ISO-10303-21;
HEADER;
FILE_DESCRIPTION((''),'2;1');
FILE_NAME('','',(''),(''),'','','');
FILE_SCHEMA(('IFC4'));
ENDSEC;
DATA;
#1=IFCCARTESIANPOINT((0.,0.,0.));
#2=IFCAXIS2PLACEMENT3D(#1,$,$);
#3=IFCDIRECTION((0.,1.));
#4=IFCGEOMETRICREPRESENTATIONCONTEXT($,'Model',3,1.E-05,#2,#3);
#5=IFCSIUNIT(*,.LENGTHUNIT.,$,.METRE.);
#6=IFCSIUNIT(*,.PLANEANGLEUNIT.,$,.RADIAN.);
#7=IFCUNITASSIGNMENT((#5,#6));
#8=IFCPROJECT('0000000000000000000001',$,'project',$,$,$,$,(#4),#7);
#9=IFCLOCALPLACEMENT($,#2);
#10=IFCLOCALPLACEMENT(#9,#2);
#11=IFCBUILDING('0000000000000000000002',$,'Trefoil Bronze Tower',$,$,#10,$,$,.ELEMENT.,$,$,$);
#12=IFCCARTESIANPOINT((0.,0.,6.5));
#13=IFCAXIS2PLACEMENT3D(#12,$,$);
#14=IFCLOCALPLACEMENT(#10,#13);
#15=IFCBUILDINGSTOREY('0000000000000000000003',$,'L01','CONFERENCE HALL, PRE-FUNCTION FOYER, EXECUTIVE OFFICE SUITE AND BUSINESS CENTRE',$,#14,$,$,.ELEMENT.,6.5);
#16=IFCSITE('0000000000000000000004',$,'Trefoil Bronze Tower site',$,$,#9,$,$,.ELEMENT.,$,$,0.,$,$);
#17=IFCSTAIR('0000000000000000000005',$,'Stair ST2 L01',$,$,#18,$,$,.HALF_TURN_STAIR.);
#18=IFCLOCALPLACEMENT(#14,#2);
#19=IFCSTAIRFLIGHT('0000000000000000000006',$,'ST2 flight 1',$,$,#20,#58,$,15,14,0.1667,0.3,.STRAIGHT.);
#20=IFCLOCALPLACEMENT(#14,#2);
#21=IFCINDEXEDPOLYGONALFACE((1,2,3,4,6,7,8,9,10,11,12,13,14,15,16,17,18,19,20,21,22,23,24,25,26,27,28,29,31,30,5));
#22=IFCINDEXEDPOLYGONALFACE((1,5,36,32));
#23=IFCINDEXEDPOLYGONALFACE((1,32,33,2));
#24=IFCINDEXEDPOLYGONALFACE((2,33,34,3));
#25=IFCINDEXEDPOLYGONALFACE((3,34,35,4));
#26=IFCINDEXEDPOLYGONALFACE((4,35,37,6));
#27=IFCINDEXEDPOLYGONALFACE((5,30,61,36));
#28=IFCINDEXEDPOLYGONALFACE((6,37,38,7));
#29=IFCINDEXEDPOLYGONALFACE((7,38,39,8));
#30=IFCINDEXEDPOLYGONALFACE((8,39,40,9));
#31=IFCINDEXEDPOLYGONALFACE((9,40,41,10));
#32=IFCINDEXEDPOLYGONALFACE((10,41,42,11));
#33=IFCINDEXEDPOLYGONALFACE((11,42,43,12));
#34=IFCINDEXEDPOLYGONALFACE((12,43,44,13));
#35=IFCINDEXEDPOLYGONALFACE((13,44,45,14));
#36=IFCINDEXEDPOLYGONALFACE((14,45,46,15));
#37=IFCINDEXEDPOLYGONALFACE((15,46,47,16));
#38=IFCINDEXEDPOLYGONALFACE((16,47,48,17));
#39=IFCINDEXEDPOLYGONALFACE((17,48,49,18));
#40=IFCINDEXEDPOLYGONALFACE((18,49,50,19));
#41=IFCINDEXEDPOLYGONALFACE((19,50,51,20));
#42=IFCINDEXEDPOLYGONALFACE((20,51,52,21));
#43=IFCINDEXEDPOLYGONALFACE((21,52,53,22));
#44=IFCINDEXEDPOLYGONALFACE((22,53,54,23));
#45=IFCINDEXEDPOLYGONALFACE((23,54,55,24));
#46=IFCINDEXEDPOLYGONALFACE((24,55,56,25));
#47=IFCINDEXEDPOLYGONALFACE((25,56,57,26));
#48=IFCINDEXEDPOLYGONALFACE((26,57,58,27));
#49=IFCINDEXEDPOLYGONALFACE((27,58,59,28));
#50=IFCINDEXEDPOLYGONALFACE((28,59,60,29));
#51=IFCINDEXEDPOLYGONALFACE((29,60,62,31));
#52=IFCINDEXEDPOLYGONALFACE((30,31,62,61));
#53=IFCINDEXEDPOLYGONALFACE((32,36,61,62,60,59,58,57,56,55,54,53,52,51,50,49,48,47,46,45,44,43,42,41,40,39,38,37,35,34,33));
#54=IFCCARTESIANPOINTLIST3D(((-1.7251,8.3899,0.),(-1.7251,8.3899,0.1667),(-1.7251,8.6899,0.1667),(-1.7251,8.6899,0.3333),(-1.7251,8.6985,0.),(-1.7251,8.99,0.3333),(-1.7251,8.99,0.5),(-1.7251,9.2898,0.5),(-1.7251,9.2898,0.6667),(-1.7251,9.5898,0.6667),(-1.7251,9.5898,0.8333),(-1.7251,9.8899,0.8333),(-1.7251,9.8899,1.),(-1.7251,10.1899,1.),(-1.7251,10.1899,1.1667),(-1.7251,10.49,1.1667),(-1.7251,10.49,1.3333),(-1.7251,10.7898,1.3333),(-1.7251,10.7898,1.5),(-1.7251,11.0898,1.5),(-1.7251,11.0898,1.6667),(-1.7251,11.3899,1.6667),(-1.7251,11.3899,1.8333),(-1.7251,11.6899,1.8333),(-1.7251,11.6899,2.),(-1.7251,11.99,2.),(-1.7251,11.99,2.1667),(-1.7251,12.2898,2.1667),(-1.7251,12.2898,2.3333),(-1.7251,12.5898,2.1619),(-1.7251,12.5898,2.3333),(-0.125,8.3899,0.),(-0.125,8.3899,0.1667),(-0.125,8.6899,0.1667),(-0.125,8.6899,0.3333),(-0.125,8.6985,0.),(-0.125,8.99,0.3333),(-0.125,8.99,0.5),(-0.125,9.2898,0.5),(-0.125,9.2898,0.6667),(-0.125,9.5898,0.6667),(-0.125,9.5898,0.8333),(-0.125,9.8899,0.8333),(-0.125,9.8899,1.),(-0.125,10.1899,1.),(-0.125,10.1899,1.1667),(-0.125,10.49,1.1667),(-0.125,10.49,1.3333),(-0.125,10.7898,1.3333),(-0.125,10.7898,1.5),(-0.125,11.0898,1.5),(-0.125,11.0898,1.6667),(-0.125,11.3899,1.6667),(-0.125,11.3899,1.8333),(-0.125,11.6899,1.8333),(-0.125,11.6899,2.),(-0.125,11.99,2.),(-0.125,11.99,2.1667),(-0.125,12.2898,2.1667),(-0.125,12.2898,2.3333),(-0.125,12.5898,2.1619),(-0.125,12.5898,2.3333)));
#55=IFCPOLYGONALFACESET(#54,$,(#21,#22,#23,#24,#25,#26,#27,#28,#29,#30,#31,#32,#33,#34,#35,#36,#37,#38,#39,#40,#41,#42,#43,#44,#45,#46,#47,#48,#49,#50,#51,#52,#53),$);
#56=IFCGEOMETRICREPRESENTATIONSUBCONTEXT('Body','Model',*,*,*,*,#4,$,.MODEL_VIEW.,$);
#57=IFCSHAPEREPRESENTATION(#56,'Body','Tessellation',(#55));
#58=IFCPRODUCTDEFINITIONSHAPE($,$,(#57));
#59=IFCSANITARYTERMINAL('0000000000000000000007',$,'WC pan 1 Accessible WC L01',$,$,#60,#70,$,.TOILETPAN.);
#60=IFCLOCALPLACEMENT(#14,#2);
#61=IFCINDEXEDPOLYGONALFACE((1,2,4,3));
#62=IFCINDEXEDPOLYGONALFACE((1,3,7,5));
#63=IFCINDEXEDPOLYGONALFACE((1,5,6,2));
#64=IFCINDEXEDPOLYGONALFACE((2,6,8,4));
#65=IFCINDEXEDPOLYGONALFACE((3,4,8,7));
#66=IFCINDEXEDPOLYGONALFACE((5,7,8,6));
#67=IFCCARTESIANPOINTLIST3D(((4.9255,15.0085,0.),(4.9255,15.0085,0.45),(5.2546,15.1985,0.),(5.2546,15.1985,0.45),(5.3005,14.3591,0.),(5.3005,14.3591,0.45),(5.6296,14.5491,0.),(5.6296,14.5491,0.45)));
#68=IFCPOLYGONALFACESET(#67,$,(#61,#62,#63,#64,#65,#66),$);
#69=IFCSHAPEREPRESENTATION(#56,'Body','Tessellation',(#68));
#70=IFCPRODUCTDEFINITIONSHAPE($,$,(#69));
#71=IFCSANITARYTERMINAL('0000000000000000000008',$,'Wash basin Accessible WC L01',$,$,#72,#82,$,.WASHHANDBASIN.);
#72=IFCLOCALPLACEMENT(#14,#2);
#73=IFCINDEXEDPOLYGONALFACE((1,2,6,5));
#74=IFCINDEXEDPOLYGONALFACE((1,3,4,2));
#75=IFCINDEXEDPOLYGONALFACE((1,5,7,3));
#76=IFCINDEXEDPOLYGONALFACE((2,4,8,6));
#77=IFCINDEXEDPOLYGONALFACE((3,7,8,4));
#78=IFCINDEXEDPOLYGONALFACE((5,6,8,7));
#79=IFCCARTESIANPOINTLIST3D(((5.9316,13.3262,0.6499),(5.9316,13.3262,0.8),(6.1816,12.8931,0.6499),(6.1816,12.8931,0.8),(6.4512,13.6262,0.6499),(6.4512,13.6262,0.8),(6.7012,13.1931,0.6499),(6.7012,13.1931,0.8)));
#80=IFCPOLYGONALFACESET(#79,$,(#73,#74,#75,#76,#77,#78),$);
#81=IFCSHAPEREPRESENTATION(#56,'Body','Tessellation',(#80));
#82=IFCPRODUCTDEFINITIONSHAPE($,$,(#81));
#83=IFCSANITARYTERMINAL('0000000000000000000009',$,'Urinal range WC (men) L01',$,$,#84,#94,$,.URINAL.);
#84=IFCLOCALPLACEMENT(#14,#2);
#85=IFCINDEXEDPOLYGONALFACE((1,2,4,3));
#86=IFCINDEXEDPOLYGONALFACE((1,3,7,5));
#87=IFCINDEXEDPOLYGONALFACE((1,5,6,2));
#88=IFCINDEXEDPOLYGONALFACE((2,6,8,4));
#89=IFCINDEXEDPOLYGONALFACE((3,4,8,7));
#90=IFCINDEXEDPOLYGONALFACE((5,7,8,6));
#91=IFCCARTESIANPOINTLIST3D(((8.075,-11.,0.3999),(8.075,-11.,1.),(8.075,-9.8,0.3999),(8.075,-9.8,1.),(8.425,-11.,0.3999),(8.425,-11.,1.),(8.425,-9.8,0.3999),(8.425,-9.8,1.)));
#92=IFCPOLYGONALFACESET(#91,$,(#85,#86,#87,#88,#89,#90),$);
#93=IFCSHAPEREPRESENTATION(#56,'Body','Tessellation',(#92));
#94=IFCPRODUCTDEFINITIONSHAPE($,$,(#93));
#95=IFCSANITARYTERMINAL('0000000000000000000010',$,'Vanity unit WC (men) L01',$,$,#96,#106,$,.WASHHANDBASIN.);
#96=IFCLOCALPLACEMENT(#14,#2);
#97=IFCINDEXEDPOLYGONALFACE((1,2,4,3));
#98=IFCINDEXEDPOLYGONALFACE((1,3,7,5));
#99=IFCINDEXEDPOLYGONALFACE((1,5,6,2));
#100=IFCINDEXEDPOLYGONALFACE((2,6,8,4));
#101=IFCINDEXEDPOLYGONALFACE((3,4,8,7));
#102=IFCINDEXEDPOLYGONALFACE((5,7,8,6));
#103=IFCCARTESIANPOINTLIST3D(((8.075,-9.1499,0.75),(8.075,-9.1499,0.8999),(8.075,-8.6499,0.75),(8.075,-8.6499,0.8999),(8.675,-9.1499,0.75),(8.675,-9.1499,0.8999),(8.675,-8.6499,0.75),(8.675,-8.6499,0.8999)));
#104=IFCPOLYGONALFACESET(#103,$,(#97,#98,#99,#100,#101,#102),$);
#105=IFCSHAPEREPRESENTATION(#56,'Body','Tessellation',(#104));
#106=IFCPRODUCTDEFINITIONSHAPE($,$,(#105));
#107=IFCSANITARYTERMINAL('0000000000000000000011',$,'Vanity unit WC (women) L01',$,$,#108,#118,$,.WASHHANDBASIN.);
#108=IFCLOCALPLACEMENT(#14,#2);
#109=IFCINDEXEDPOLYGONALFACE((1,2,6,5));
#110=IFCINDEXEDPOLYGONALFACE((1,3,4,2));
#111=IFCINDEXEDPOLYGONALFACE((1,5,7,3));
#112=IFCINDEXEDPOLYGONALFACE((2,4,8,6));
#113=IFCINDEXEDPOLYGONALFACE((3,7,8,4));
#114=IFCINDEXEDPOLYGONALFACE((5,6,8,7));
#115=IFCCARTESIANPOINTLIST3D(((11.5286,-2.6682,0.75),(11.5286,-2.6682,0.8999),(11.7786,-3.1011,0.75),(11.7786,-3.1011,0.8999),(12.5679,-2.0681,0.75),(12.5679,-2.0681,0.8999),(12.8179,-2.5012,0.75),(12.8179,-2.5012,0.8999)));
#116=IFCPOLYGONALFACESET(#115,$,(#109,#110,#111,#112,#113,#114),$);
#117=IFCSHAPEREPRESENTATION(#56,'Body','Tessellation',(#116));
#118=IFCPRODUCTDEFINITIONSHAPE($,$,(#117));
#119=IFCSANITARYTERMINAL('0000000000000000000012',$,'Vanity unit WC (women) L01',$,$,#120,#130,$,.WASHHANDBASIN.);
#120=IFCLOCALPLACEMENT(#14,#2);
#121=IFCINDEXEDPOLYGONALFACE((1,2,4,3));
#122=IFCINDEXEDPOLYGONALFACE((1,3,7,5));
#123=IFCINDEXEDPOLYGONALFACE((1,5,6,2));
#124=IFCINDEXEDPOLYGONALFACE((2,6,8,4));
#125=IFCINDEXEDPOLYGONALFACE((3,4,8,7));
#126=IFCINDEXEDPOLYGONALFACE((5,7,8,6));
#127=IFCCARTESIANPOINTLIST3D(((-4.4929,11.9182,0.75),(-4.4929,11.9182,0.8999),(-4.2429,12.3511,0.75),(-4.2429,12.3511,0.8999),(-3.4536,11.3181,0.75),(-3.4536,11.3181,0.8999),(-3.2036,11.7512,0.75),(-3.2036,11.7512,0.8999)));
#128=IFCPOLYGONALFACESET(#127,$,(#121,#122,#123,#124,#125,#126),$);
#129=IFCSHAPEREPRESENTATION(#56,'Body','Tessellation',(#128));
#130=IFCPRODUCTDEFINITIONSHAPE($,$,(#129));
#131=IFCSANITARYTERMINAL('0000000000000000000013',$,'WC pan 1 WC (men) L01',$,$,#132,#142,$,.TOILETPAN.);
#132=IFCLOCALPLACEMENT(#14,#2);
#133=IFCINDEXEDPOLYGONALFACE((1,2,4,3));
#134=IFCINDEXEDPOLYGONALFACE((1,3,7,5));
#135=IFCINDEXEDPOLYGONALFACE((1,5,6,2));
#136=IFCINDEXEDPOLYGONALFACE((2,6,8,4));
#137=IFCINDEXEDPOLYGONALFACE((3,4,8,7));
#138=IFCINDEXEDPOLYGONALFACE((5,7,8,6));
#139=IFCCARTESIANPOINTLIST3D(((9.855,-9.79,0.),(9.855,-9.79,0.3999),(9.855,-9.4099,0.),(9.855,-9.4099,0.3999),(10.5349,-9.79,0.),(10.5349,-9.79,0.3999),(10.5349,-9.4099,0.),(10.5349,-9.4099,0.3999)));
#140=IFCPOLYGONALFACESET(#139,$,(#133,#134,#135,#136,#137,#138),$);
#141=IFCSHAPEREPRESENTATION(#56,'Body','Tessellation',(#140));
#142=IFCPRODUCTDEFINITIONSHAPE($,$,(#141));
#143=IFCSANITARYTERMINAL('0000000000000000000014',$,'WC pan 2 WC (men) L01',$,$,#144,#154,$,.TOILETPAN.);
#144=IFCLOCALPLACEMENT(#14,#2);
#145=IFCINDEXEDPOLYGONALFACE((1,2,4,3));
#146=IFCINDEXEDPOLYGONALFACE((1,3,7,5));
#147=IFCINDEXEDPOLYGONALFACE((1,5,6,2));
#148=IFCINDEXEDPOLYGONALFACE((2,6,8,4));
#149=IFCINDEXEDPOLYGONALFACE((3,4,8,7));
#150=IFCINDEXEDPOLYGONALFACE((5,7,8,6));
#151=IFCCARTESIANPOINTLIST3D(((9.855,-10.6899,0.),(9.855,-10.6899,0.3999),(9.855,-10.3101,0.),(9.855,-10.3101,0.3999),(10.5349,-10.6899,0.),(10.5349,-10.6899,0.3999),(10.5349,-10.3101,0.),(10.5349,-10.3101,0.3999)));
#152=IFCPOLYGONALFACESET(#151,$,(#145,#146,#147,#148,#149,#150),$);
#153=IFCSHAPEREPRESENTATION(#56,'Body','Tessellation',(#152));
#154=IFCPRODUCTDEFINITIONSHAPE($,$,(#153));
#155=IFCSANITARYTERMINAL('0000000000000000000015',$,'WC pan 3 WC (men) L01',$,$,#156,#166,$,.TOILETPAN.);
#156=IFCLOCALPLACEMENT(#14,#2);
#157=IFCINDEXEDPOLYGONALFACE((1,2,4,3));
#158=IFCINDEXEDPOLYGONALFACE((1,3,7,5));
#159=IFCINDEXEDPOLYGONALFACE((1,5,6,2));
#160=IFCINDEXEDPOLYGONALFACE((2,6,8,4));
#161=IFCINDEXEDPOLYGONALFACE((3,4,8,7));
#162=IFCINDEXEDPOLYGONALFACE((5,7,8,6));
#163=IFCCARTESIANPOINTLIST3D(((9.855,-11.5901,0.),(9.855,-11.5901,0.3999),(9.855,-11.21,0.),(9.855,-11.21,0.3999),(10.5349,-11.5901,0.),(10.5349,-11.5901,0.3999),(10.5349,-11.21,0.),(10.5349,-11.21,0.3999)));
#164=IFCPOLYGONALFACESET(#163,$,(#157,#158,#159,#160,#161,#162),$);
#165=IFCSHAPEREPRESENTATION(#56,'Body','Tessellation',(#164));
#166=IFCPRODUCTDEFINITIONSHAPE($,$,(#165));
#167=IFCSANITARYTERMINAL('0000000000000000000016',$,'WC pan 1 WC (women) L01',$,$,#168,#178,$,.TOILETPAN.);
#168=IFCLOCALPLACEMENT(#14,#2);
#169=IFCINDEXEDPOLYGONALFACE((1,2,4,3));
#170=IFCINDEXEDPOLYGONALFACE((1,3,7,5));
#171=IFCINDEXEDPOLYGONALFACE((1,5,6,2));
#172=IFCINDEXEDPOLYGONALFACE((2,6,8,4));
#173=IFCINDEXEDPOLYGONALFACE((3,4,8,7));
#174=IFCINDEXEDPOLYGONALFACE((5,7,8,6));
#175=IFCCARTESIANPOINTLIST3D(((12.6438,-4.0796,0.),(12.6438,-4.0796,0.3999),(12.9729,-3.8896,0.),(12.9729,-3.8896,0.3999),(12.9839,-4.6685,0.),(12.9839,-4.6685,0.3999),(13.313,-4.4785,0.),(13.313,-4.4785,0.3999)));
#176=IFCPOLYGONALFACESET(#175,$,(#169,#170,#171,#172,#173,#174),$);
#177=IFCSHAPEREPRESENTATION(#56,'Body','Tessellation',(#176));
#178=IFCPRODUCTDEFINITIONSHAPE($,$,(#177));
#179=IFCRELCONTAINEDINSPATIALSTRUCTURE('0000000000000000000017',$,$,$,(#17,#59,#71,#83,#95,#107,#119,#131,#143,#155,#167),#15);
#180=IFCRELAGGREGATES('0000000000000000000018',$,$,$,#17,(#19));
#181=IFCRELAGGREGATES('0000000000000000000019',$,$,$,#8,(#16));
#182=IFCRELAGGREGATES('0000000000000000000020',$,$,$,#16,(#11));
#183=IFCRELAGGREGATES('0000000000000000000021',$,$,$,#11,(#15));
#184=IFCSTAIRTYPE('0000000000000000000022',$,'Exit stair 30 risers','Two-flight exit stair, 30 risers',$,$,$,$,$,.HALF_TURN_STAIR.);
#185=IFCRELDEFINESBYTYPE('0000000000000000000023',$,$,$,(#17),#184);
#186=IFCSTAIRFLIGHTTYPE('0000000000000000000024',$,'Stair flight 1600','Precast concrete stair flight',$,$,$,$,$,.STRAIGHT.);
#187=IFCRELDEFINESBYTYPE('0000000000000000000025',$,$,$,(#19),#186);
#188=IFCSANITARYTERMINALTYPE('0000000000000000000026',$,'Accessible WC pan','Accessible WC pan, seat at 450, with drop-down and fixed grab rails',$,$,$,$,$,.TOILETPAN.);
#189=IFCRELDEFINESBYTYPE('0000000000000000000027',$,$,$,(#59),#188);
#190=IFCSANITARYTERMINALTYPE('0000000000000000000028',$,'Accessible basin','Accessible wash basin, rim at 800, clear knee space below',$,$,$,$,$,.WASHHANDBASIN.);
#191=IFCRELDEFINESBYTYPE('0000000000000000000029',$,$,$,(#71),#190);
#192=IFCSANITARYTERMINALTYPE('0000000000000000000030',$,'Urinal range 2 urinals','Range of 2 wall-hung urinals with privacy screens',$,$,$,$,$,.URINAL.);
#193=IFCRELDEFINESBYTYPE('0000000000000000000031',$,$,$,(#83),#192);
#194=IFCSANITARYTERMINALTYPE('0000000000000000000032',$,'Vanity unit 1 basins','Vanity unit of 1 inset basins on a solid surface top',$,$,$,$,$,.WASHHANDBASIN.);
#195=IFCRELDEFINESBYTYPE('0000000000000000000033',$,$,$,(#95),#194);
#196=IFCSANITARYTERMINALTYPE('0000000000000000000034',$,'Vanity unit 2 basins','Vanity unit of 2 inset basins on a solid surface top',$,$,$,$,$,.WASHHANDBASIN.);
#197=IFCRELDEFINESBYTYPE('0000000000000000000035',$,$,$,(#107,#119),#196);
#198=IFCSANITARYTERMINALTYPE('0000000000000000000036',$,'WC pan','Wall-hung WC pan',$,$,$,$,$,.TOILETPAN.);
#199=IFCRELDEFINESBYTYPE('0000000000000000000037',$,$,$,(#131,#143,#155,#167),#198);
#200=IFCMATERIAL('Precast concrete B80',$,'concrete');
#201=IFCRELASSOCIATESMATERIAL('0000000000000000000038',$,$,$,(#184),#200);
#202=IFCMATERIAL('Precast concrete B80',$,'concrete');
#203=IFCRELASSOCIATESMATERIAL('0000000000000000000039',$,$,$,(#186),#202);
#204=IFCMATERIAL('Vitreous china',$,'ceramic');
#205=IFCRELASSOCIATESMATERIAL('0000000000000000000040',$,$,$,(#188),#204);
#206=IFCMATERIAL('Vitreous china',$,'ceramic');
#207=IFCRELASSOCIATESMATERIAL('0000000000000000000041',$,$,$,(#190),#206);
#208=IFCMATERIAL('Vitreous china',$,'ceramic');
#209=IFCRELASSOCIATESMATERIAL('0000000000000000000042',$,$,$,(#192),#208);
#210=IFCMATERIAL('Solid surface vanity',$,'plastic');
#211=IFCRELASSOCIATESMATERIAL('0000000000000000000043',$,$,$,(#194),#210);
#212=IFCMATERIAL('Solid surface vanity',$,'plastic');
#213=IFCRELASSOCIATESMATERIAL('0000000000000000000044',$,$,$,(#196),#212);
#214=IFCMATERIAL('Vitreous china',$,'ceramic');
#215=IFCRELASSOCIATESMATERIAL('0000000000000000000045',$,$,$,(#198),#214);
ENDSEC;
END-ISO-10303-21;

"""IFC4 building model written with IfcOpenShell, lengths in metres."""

from ifc_helpers import new_model, si_unit, direction, frame, origin, place, context, subcontext, project, spatial, polyline, outline, extrude, material, type_object, element, aggregate, save


model = new_model("IFC4")

# Units and contexts
model_context = context("Model", 3, precision=1e-05, world=origin(), true_north=direction((0.0, 1.0)))
body_context = subcontext(model_context, "Body", "Model", "MODEL_VIEW")
ifc_project = project(units=[si_unit("LENGTHUNIT", "METRE"), si_unit("PLANEANGLEUNIT", "RADIAN")], contexts=[model_context])

# Site, building, storey
site_placement = place(None, origin())
site = spatial("IfcSite", under=ifc_project, at=site_placement, Name="Trefoil Bronze Tower site", CompositionType="ELEMENT", RefElevation=0.0)
building_placement = place(site_placement, origin())
building = spatial("IfcBuilding", under=site, at=building_placement, Name="Trefoil Bronze Tower", CompositionType="ELEMENT")
storey_placement = place(building_placement, frame((0.0, 0.0, 6.5)))
storey = spatial("IfcBuildingStorey", under=building, at=storey_placement, Name="L01", Description="CONFERENCE HALL, PRE-FUNCTION FOYER, EXECUTIVE OFFICE SUITE AND BUSINESS CENTRE", CompositionType="ELEMENT", Elevation=6.5)

# Stair, stair flight
ifc_material_1 = material(Name="Precast concrete B80", Category="concrete")
stair_type = type_object("IfcStairType", Name="Exit stair 30 risers", Description="Two-flight exit stair, 30 risers", PredefinedType="HALF_TURN_STAIR", material=ifc_material_1)
stair_placement = place(storey_placement, origin())
stair = element("IfcStair", 1, at=stair_placement, inside=storey, type_object=stair_type, Name="Stair ST2 L01", PredefinedType="HALF_TURN_STAIR")
ifc_material_2 = material(Name="Precast concrete B80", Category="concrete")
stair_flight_type = type_object("IfcStairFlightType", Name="Stair flight 1600", Description="Precast concrete stair flight", PredefinedType="STRAIGHT", material=ifc_material_2)
stair_flight_placement = place(storey_placement, frame((-0.925, 8.3899, 0.0), z_axis=(0.0, 0.0, 1.0), x_axis=(0.0, 1.0, 0.0)))
stair_flight = element("IfcStairFlight", 2, at=stair_flight_placement, type_object=stair_flight_type, Name="ST2 flight 1", NumberOfRisers=15, NumberOfTreads=14, PredefinedType="STRAIGHT", RiserHeight=0.1667, TreadLength=0.3, context=body_context, shape_type="SweptSolid", body=[
    extrude(outline(polyline([(0.0, 0.0), (0.0, 0.1667), (0.3, 0.1667), (0.3, 0.3333), (0.6001, 0.3333), (0.6001, 0.5), (0.8999, 0.5), (0.8999, 0.6667), (1.2, 0.6667), (1.2, 0.8333), (1.5, 0.8333), (1.5, 1.0), (1.8, 1.0), (1.8, 1.1667), (2.1001, 1.1667), (2.1001, 1.3333), (2.3999, 1.3333), (2.3999, 1.5), (2.7, 1.5), (2.7, 1.6667), (3.0, 1.6667), (3.0, 1.8333), (3.3, 1.8333), (3.3, 2.0), (3.6001, 2.0), (3.6001, 2.1667), (3.8999, 2.1667), (3.8999, 2.3333), (4.2, 2.3333), (4.2, 2.5), (4.2, 2.1619), (0.3086, 0.0), (0.0, 0.0)])), frame((0.0, 0.8, 0.0), z_axis=(0.0, -1.0, 0.0), x_axis=(1.0, 0.0, 0.0)), (0.0, 0.0, 1.0), 1.6001),
])
aggregate(stair, [stair_flight])

# Sanitary terminals
ifc_material_3 = material(Name="Vitreous china", Category="ceramic")
sanitary_terminal_type_1 = type_object("IfcSanitaryTerminalType", Name="Accessible WC pan", Description="Accessible WC pan, seat at 450, with drop-down and fixed grab rails", PredefinedType="TOILETPAN", material=ifc_material_3)
sanitary_terminal_1_placement = place(storey_placement, origin())
element("IfcSanitaryTerminal", 3, at=sanitary_terminal_1_placement, inside=storey, type_object=sanitary_terminal_type_1, Name="WC pan 1 Accessible WC L01", PredefinedType="TOILETPAN", context=body_context, shape_type="SweptSolid", body=[
    extrude(outline(polyline([(5.3005, 14.3591), (4.9255, 15.0085), (5.2546, 15.1985), (5.6296, 14.5491), (5.3005, 14.3591)])), origin(), (0.0, 0.0, 1.0), 0.45),
])
ifc_material_4 = material(Name="Vitreous china", Category="ceramic")
sanitary_terminal_type_2 = type_object("IfcSanitaryTerminalType", Name="Accessible basin", Description="Accessible wash basin, rim at 800, clear knee space below", PredefinedType="WASHHANDBASIN", material=ifc_material_4)
sanitary_terminal_2_placement = place(storey_placement, frame((0.0, 0.0, 0.6499)))
element("IfcSanitaryTerminal", 4, at=sanitary_terminal_2_placement, inside=storey, type_object=sanitary_terminal_type_2, Name="Wash basin Accessible WC L01", PredefinedType="WASHHANDBASIN", context=body_context, shape_type="SweptSolid", body=[
    extrude(outline(polyline([(6.1816, 12.8931), (5.9316, 13.3262), (6.4512, 13.6262), (6.7012, 13.1931), (6.1816, 12.8931)])), origin(), (0.0, 0.0, 1.0), 0.1501),
])
ifc_material_5 = material(Name="Vitreous china", Category="ceramic")
sanitary_terminal_type_3 = type_object("IfcSanitaryTerminalType", Name="Urinal range 2 urinals", Description="Range of 2 wall-hung urinals with privacy screens", PredefinedType="URINAL", material=ifc_material_5)
sanitary_terminal_3_placement = place(storey_placement, frame((0.0, 0.0, 0.3999)))
element("IfcSanitaryTerminal", 5, at=sanitary_terminal_3_placement, inside=storey, type_object=sanitary_terminal_type_3, Name="Urinal range WC (men) L01", PredefinedType="URINAL", context=body_context, shape_type="SweptSolid", body=[
    extrude(outline(polyline([(8.075, -9.8), (8.425, -9.8), (8.425, -11.0), (8.075, -11.0), (8.075, -9.8)])), origin(), (0.0, 0.0, 1.0), 0.6001),
])
ifc_material_6 = material(Name="Solid surface vanity", Category="plastic")
sanitary_terminal_type_4 = type_object("IfcSanitaryTerminalType", Name="Vanity unit 1 basins", Description="Vanity unit of 1 inset basins on a solid surface top", PredefinedType="WASHHANDBASIN", material=ifc_material_6)
sanitary_terminal_4_placement = place(storey_placement, frame((0.0, 0.0, 0.75)))
element("IfcSanitaryTerminal", 6, at=sanitary_terminal_4_placement, inside=storey, type_object=sanitary_terminal_type_4, Name="Vanity unit WC (men) L01", PredefinedType="WASHHANDBASIN", context=body_context, shape_type="SweptSolid", body=[
    extrude(outline(polyline([(8.075, -8.6499), (8.675, -8.6499), (8.675, -9.1499), (8.075, -9.1499), (8.075, -8.6499)])), origin(), (0.0, 0.0, 1.0), 0.1499),
])
ifc_material_7 = material(Name="Solid surface vanity", Category="plastic")
sanitary_terminal_type_5 = type_object("IfcSanitaryTerminalType", Name="Vanity unit 2 basins", Description="Vanity unit of 2 inset basins on a solid surface top", PredefinedType="WASHHANDBASIN", material=ifc_material_7)
sanitary_terminal_5_placement = place(storey_placement, frame((0.0, 0.0, 0.75)))
element("IfcSanitaryTerminal", 7, at=sanitary_terminal_5_placement, inside=storey, type_object=sanitary_terminal_type_5, Name="Vanity unit WC (women) L01", PredefinedType="WASHHANDBASIN", context=body_context, shape_type="SweptSolid", body=[
    extrude(outline(polyline([(11.5286, -2.6682), (11.7786, -3.1011), (12.8179, -2.5012), (12.5679, -2.0681), (11.5286, -2.6682)])), origin(), (0.0, 0.0, 1.0), 0.1499),
])
sanitary_terminal_6_placement = place(storey_placement, frame((0.0, 0.0, 0.75)))
element("IfcSanitaryTerminal", 8, at=sanitary_terminal_6_placement, inside=storey, type_object=sanitary_terminal_type_5, Name="Vanity unit WC (women) L01", PredefinedType="WASHHANDBASIN", context=body_context, shape_type="SweptSolid", body=[
    extrude(outline(polyline([(-3.4536, 11.3181), (-3.2036, 11.7512), (-4.2429, 12.3511), (-4.4929, 11.9182), (-3.4536, 11.3181)])), origin(), (0.0, 0.0, 1.0), 0.1499),
])
ifc_material_8 = material(Name="Vitreous china", Category="ceramic")
sanitary_terminal_type_6 = type_object("IfcSanitaryTerminalType", Name="WC pan", Description="Wall-hung WC pan", PredefinedType="TOILETPAN", material=ifc_material_8)
sanitary_terminal_7_placement = place(storey_placement, origin())
element("IfcSanitaryTerminal", 9, at=sanitary_terminal_7_placement, inside=storey, type_object=sanitary_terminal_type_6, Name="WC pan 1 WC (men) L01", PredefinedType="TOILETPAN", context=body_context, shape_type="SweptSolid", body=[
    extrude(outline(polyline([(9.855, -9.4099), (10.5349, -9.4099), (10.5349, -9.79), (9.855, -9.79), (9.855, -9.4099)])), origin(), (0.0, 0.0, 1.0), 0.3999),
])
sanitary_terminal_8_placement = place(storey_placement, origin())
element("IfcSanitaryTerminal", 10, at=sanitary_terminal_8_placement, inside=storey, type_object=sanitary_terminal_type_6, Name="WC pan 2 WC (men) L01", PredefinedType="TOILETPAN", context=body_context, shape_type="SweptSolid", body=[
    extrude(outline(polyline([(9.855, -10.3101), (10.5349, -10.3101), (10.5349, -10.6899), (9.855, -10.6899), (9.855, -10.3101)])), origin(), (0.0, 0.0, 1.0), 0.3999),
])
sanitary_terminal_9_placement = place(storey_placement, origin())
element("IfcSanitaryTerminal", 11, at=sanitary_terminal_9_placement, inside=storey, type_object=sanitary_terminal_type_6, Name="WC pan 3 WC (men) L01", PredefinedType="TOILETPAN", context=body_context, shape_type="SweptSolid", body=[
    extrude(outline(polyline([(9.855, -11.21), (10.5349, -11.21), (10.5349, -11.5901), (9.855, -11.5901), (9.855, -11.21)])), origin(), (0.0, 0.0, 1.0), 0.3999),
])
sanitary_terminal_10_placement = place(storey_placement, origin())
element("IfcSanitaryTerminal", 12, at=sanitary_terminal_10_placement, inside=storey, type_object=sanitary_terminal_type_6, Name="WC pan 1 WC (women) L01", PredefinedType="TOILETPAN", context=body_context, shape_type="SweptSolid", body=[
    extrude(outline(polyline([(12.6438, -4.0796), (12.9839, -4.6685), (13.313, -4.4785), (12.9729, -3.8896), (12.6438, -4.0796)])), origin(), (0.0, 0.0, 1.0), 0.3999),
])

save(model, "model.ifc")
